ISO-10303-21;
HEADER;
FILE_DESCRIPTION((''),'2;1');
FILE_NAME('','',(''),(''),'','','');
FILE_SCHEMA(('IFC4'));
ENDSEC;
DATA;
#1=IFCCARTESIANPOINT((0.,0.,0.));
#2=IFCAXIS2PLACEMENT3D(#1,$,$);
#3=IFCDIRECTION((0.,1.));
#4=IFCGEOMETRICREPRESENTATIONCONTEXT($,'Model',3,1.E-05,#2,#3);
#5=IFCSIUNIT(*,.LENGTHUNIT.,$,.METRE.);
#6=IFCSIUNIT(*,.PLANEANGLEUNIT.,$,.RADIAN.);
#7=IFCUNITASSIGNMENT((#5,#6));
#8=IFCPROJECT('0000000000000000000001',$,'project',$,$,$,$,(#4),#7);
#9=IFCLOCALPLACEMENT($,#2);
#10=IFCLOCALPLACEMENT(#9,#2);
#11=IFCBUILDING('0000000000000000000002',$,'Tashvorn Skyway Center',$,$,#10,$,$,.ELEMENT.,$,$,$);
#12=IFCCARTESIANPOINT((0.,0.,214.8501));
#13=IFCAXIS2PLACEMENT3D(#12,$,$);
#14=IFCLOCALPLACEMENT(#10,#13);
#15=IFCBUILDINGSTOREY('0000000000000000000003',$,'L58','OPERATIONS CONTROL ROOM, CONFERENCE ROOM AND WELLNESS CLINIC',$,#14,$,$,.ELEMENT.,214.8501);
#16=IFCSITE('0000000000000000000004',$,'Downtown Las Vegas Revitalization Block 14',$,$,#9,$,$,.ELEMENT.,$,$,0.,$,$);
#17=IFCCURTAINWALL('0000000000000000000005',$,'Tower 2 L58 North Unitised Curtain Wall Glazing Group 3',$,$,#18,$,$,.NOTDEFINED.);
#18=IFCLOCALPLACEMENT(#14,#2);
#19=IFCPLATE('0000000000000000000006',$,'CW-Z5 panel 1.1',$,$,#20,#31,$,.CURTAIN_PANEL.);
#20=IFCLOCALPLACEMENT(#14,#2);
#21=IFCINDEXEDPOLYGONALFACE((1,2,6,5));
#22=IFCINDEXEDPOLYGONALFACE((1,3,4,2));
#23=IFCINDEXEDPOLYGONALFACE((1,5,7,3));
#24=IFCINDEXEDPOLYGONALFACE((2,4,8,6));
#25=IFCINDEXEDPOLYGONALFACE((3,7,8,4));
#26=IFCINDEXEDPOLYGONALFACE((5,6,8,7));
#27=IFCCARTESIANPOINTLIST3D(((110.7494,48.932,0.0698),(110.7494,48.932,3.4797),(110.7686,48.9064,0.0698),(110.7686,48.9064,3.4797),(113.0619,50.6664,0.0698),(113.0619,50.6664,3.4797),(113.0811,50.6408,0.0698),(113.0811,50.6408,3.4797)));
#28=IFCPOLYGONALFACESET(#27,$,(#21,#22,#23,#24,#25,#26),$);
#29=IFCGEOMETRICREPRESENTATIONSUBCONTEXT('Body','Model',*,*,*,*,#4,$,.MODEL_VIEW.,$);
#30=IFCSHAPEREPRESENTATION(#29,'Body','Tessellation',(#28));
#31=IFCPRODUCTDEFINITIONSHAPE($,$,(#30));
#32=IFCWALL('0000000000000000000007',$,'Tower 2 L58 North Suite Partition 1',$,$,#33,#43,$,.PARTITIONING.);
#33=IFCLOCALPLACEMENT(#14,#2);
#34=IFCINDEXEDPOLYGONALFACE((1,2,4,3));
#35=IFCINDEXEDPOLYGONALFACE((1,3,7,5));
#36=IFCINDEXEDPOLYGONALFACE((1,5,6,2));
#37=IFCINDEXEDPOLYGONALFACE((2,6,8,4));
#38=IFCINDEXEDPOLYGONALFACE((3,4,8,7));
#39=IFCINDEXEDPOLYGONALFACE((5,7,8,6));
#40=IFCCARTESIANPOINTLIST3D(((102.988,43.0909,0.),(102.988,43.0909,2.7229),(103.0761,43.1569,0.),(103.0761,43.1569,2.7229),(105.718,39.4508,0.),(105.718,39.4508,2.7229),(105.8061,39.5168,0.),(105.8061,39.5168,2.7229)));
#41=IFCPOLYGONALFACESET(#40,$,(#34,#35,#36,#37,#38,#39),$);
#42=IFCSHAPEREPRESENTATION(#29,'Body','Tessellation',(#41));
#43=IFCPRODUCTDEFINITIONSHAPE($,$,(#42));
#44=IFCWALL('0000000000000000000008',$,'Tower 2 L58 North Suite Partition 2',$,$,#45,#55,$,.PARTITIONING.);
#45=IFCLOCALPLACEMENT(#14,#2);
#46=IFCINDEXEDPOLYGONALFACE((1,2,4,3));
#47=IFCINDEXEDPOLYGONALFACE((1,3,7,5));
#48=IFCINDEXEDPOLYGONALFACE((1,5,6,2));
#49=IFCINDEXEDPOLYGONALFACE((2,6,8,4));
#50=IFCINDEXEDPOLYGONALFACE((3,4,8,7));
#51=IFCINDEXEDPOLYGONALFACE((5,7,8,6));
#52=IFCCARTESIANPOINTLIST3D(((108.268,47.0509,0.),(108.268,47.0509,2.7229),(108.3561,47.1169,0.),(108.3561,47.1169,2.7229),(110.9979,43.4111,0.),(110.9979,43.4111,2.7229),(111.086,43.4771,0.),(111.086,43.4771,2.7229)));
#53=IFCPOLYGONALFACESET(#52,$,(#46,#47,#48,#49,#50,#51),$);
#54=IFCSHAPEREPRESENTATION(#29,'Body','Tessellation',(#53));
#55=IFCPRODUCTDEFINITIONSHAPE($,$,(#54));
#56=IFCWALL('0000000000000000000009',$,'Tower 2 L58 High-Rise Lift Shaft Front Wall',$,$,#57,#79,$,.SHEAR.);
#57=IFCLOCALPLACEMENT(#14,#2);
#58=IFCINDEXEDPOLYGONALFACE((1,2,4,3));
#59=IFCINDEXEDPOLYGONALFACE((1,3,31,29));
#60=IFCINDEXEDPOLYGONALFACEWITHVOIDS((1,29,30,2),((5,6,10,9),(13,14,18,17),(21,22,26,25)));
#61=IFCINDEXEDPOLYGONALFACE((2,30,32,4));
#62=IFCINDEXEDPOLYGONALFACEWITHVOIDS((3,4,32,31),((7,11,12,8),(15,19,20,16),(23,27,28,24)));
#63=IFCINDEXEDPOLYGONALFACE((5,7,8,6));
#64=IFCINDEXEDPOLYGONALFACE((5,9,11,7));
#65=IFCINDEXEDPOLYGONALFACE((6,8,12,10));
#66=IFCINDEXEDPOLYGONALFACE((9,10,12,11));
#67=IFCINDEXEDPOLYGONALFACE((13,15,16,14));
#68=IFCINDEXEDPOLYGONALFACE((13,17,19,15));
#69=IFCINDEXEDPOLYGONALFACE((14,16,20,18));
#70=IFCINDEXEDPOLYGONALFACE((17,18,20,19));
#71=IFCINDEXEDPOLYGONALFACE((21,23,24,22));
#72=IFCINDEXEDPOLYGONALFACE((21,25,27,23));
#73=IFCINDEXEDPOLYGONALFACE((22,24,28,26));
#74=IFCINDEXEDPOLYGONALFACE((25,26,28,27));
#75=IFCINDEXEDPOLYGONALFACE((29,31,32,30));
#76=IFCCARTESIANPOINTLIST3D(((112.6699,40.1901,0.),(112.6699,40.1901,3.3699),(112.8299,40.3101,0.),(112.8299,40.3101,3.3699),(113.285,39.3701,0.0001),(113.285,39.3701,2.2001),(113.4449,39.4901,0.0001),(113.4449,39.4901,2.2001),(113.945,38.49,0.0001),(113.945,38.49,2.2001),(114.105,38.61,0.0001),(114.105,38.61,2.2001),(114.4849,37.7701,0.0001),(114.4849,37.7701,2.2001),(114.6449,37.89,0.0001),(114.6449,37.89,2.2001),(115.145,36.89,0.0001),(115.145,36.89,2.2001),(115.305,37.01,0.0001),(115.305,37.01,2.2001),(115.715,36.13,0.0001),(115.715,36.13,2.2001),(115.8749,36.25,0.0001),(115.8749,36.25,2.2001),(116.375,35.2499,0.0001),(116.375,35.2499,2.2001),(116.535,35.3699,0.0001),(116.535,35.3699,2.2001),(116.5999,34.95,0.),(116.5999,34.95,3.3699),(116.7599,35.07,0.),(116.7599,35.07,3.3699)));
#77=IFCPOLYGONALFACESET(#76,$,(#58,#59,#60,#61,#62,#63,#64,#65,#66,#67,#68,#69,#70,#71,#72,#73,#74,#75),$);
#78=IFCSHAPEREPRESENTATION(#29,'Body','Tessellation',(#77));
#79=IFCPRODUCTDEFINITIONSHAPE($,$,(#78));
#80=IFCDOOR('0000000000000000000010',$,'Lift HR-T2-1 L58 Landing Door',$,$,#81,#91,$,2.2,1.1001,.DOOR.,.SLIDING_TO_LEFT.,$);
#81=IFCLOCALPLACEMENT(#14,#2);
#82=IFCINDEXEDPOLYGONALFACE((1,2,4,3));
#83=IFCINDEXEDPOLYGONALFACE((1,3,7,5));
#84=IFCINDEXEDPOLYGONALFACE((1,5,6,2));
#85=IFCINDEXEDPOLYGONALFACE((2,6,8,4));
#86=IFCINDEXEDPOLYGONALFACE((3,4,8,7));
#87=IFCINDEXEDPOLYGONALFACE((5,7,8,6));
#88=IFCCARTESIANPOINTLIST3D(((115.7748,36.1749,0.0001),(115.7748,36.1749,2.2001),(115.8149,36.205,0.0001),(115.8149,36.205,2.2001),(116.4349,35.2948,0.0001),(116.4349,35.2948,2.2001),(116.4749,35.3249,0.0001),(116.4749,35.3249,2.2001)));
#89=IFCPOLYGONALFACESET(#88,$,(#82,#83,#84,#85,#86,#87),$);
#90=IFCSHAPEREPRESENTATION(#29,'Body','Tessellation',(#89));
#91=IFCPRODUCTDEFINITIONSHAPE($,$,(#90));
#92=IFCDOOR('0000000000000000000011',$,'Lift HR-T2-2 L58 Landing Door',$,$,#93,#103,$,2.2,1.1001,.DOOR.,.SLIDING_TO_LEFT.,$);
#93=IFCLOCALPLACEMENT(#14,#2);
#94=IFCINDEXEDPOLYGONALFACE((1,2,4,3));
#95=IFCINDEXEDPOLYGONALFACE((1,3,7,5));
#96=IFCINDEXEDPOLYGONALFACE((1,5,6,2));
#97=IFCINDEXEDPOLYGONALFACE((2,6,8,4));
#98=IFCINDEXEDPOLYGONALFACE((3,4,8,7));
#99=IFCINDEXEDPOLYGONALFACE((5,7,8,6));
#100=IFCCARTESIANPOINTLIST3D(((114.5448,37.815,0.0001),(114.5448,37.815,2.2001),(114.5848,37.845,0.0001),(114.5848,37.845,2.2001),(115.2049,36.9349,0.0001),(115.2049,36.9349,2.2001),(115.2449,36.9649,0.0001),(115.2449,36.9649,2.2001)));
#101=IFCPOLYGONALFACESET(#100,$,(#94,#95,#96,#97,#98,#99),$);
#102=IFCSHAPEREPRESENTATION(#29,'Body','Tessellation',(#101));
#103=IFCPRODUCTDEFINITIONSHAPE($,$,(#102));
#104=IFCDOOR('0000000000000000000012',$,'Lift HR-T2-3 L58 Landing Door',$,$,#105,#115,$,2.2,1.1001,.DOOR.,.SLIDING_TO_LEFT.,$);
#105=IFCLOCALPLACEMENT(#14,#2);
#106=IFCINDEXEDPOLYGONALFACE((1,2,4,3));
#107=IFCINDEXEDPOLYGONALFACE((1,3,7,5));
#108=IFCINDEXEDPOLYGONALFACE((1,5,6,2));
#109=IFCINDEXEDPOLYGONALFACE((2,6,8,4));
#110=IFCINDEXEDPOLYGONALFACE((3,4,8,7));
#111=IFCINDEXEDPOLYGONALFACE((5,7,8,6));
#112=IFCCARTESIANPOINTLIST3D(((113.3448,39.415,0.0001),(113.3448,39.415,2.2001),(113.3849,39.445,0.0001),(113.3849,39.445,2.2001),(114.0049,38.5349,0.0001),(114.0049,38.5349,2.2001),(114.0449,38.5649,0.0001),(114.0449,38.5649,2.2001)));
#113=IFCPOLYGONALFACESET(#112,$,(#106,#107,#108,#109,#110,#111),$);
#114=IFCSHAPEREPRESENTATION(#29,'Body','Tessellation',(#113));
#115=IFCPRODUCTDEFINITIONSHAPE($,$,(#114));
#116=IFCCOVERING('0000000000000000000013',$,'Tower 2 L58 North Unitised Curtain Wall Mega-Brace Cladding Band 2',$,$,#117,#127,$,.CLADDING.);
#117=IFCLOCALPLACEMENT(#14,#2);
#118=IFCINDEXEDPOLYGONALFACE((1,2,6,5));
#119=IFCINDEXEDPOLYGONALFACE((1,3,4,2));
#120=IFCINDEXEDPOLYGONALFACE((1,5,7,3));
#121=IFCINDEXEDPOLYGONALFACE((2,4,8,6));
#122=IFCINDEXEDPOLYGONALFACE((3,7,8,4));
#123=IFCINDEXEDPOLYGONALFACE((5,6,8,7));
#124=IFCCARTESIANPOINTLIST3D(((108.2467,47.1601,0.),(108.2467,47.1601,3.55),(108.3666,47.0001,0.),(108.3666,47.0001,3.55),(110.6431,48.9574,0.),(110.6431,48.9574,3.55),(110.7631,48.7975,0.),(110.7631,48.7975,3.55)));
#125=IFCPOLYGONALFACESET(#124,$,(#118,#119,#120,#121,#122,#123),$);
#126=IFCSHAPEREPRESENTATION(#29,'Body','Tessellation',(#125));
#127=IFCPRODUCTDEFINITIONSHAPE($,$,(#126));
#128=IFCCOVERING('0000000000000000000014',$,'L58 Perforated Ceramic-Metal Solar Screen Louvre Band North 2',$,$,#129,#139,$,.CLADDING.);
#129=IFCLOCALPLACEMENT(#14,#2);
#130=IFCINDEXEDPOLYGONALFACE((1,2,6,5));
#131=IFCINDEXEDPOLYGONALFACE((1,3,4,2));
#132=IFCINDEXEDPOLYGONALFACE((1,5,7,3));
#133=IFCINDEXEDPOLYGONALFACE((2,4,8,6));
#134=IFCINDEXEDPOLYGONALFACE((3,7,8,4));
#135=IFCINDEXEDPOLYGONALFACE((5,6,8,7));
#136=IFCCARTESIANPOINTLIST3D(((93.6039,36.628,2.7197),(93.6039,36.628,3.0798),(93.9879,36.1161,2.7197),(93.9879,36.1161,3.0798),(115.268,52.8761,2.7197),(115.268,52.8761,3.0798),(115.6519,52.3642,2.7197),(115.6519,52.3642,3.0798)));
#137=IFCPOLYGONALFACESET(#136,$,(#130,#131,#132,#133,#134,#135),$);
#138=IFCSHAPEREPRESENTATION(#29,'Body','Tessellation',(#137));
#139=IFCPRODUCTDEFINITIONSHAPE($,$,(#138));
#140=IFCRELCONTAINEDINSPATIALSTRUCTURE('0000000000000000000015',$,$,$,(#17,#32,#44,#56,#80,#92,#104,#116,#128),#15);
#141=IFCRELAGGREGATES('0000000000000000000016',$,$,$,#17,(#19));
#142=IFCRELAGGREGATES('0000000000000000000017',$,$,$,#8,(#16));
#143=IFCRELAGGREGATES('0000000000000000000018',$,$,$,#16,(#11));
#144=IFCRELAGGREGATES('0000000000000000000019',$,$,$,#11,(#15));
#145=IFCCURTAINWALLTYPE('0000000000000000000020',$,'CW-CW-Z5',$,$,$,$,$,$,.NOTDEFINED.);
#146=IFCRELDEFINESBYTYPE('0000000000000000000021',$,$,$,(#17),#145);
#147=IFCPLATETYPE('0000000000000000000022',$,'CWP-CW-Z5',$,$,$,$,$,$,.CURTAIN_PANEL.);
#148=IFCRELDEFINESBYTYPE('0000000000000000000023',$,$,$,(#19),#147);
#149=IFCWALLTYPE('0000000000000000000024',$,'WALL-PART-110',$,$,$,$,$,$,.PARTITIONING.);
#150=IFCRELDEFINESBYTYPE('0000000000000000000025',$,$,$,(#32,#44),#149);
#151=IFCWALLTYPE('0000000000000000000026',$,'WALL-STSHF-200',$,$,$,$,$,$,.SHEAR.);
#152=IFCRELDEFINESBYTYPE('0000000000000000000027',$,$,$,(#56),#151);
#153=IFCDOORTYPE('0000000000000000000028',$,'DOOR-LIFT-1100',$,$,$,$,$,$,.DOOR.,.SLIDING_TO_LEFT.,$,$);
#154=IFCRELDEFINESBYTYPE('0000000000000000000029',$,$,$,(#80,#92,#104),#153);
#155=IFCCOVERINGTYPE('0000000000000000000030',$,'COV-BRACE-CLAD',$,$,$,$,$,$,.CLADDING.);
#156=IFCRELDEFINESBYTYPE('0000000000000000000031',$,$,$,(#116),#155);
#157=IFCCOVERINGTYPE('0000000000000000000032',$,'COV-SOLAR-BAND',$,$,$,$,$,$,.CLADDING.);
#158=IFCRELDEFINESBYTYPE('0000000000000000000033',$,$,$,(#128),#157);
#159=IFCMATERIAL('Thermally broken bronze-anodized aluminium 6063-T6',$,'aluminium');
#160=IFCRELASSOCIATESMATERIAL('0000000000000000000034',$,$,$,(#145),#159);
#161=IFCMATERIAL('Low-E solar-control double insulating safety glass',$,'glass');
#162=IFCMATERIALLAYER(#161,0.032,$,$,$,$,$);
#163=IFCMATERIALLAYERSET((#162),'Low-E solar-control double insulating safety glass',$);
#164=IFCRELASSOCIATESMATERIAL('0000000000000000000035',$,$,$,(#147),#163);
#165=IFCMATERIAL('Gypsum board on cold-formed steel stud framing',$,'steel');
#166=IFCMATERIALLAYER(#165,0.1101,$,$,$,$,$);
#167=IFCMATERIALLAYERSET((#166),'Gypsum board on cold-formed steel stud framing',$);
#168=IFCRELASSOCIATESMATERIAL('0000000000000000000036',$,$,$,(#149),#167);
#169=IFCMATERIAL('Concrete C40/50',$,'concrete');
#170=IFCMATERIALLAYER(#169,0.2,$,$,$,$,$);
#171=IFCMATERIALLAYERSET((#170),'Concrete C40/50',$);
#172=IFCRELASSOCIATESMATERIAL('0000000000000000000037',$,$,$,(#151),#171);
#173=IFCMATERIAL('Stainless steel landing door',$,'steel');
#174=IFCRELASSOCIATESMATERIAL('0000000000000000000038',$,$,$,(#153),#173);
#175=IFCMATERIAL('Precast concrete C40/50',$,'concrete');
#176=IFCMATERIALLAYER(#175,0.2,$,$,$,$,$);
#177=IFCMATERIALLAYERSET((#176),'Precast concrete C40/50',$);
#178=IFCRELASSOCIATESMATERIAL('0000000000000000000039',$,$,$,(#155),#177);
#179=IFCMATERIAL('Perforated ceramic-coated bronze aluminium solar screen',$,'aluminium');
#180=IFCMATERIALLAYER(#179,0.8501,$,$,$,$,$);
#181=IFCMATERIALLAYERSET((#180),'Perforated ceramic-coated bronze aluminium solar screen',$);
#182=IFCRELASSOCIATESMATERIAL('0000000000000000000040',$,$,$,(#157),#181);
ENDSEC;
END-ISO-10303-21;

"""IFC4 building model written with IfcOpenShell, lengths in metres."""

from ifc_helpers import new_model, si_unit, direction, frame, frame_2d, origin, origin_2d, place, context, subcontext, project, spatial, rectangle, extrude, material, layer, layer_set, type_object, element, fill, aggregate, save


model = new_model("IFC4")

# Units and contexts
model_context = context("Model", 3, precision=1e-05, world=origin(), true_north=direction((0.0, 1.0)))
body_context = subcontext(model_context, "Body", "Model", "MODEL_VIEW")
ifc_project = project(units=[si_unit("LENGTHUNIT", "METRE"), si_unit("PLANEANGLEUNIT", "RADIAN")], contexts=[model_context])

# Site, building, storey
site_placement = place(None, origin())
site = spatial("IfcSite", under=ifc_project, at=site_placement, Name="Downtown Las Vegas Revitalization Block 14", CompositionType="ELEMENT", RefElevation=0.0)
building_placement = place(site_placement, origin())
building = spatial("IfcBuilding", under=site, at=building_placement, Name="Tashvorn Skyway Center", CompositionType="ELEMENT")
storey_placement = place(building_placement, frame((0.0, 0.0, 214.8501)))
storey = spatial("IfcBuildingStorey", under=building, at=storey_placement, Name="L58", Description="OPERATIONS CONTROL ROOM, CONFERENCE ROOM AND WELLNESS CLINIC", CompositionType="ELEMENT", Elevation=214.8501)

# Shared definitions
ifc_material_1 = material(Name="Thermally broken bronze-anodized aluminium 6063-T6", Category="aluminium")
curtain_wall_type = type_object("IfcCurtainWallType", Name="CW-CW-Z5", PredefinedType="NOTDEFINED", material=ifc_material_1)

# Curtain wall
curtain_wall_1_placement = place(storey_placement, origin())
curtain_wall_1 = element("IfcCurtainWall", 1, at=curtain_wall_1_placement, inside=storey, type_object=curtain_wall_type, Name="Tower 2 L58 North Unitised Curtain Wall Glazing Group 3", PredefinedType="NOTDEFINED")

# Plate
ifc_material_2 = material(Name="Low-E solar-control double insulating safety glass", Category="glass")
ifc_layer_1 = layer(ifc_material_2, 0.032)
ifc_layer_set_1 = layer_set([ifc_layer_1], Name="Low-E solar-control double insulating safety glass")
plate_type = type_object("IfcPlateType", Name="CWP-CW-Z5", PredefinedType="CURTAIN_PANEL", material=ifc_layer_set_1)
plate_1_placement = place(storey_placement, frame((111.9153, 49.7864, 0.0698), z_axis=(0.0, 0.0, 1.0), x_axis=(0.799998, 0.600003, 0.0)))
plate_1 = element("IfcPlate", 2, at=plate_1_placement, type_object=plate_type, Name="CW-Z5 panel 1.1", PredefinedType="CURTAIN_PANEL", context=body_context, shape_type="SweptSolid", body=[
    extrude(rectangle(XDim=2.8906, YDim=0.032, at=origin_2d()), origin(), (0.0, 0.0, 1.0), 3.4099),
])
aggregate(curtain_wall_1, [plate_1])

# Walls
ifc_material_3 = material(Name="Gypsum board on cold-formed steel stud framing", Category="steel")
ifc_layer_2 = layer(ifc_material_3, 0.1101)
ifc_layer_set_2 = layer_set([ifc_layer_2], Name="Gypsum board on cold-formed steel stud framing")
wall_type_1 = type_object("IfcWallType", Name="WALL-PART-110", PredefinedType="PARTITIONING", material=ifc_layer_set_2)
wall_1_placement = place(storey_placement, frame((105.762, 39.4839, 0.0), z_axis=(0.0, 0.0, 1.0), x_axis=(-0.599983, 0.800013, 0.0)))
element("IfcWall", 3, at=wall_1_placement, inside=storey, type_object=wall_type_1, Name="Tower 2 L58 North Suite Partition 1", PredefinedType="PARTITIONING", context=body_context, shape_type="SweptSolid", body=[
    extrude(rectangle(XDim=4.55, YDim=0.1101, at=frame_2d((2.2749, 0.0))), origin(), (0.0, 0.0, 1.0), 2.7229),
])
wall_2_placement = place(storey_placement, frame((111.042, 43.4441, 0.0), z_axis=(0.0, 0.0, 1.0), x_axis=(-0.600009, 0.799994, 0.0)))
element("IfcWall", 4, at=wall_2_placement, inside=storey, type_object=wall_type_1, Name="Tower 2 L58 North Suite Partition 2", PredefinedType="PARTITIONING", context=body_context, shape_type="SweptSolid", body=[
    extrude(rectangle(XDim=4.5498, YDim=0.1101, at=frame_2d((2.2749, 0.0))), origin(), (0.0, 0.0, 1.0), 2.7229),
])

# Wall, openings, doors
ifc_material_4 = material(Name="Concrete C40/50", Category="concrete")
ifc_layer_3 = layer(ifc_material_4, 0.2)
ifc_layer_set_3 = layer_set([ifc_layer_3], Name="Concrete C40/50")
wall_type_2 = type_object("IfcWallType", Name="WALL-STSHF-200", PredefinedType="SHEAR", material=ifc_layer_set_3)
wall_3_placement = place(storey_placement, frame((112.75, 40.25, 0.0), z_axis=(0.0, 0.0, 1.0), x_axis=(0.599994, -0.800004, 0.0)))
wall_3 = element("IfcWall", 5, at=wall_3_placement, inside=storey, type_object=wall_type_2, Name="Tower 2 L58 High-Rise Lift Shaft Front Wall", PredefinedType="SHEAR", context=body_context, shape_type="SweptSolid", body=[
    extrude(rectangle(XDim=6.55, YDim=0.2, at=frame_2d((3.2749, 0.0))), origin(), (0.0, 0.0, 1.0), 3.3699),
])
opening_1_placement = place(wall_3_placement, frame((5.075, 0.0, 0.0)))
opening_1 = element("IfcOpeningElement", 6, at=opening_1_placement, cuts=wall_3, PredefinedType="OPENING", context=body_context, shape_type="SweptSolid", body=[
    extrude(rectangle(XDim=1.1001, YDim=2.2, at=frame_2d((0.55, 1.1001))), frame((0.0, 0.1099, 0.0), z_axis=(0.0, -1.0, 0.0), x_axis=(1.0, 0.0, 0.0)), (0.0, 0.0, 1.0), 0.22),
])
opening_2_placement = place(wall_3_placement, frame((3.0249, 0.0, 0.0)))
opening_2 = element("IfcOpeningElement", 7, at=opening_2_placement, cuts=wall_3, PredefinedType="OPENING", context=body_context, shape_type="SweptSolid", body=[
    extrude(rectangle(XDim=1.1001, YDim=2.2, at=frame_2d((0.55, 1.1001))), frame((0.0, 0.1099, 0.0), z_axis=(0.0, -1.0, 0.0), x_axis=(1.0, 0.0, 0.0)), (0.0, 0.0, 1.0), 0.22),
])
opening_3_placement = place(wall_3_placement, frame((1.0249, 0.0, 0.0)))
opening_3 = element("IfcOpeningElement", 8, at=opening_3_placement, cuts=wall_3, PredefinedType="OPENING", context=body_context, shape_type="SweptSolid", body=[
    extrude(rectangle(XDim=1.1001, YDim=2.2, at=frame_2d((0.55, 1.1001))), frame((0.0, 0.1099, 0.0), z_axis=(0.0, -1.0, 0.0), x_axis=(1.0, 0.0, 0.0)), (0.0, 0.0, 1.0), 0.22),
])
ifc_material_5 = material(Name="Stainless steel landing door", Category="steel")
door_type = type_object("IfcDoorType", Name="DOOR-LIFT-1100", OperationType="SLIDING_TO_LEFT", PredefinedType="DOOR", material=ifc_material_5)
door_1_placement = place(opening_1_placement, origin())
door_1 = element("IfcDoor", 9, at=door_1_placement, inside=storey, type_object=door_type, Name="Lift HR-T2-1 L58 Landing Door", OperationType="SLIDING_TO_LEFT", OverallHeight=2.2, OverallWidth=1.1001, PredefinedType="DOOR", context=body_context, shape_type="SweptSolid", body=[
    extrude(rectangle(XDim=1.1001, YDim=2.2, at=frame_2d((0.55, 1.1001))), frame((0.0, 0.0249, 0.0), z_axis=(0.0, -1.0, 0.0), x_axis=(1.0, 0.0, 0.0)), (0.0, 0.0, 1.0), 0.05),
])
fill(opening_1, door_1)
door_2_placement = place(opening_2_placement, origin())
door_2 = element("IfcDoor", 10, at=door_2_placement, inside=storey, type_object=door_type, Name="Lift HR-T2-2 L58 Landing Door", OperationType="SLIDING_TO_LEFT", OverallHeight=2.2, OverallWidth=1.1001, PredefinedType="DOOR", context=body_context, shape_type="SweptSolid", body=[
    extrude(rectangle(XDim=1.1001, YDim=2.2, at=frame_2d((0.55, 1.1001))), frame((0.0, 0.0249, 0.0), z_axis=(0.0, -1.0, 0.0), x_axis=(1.0, 0.0, 0.0)), (0.0, 0.0, 1.0), 0.05),
])
fill(opening_2, door_2)
door_3_placement = place(opening_3_placement, origin())
door_3 = element("IfcDoor", 11, at=door_3_placement, inside=storey, type_object=door_type, Name="Lift HR-T2-3 L58 Landing Door", OperationType="SLIDING_TO_LEFT", OverallHeight=2.2, OverallWidth=1.1001, PredefinedType="DOOR", context=body_context, shape_type="SweptSolid", body=[
    extrude(rectangle(XDim=1.1001, YDim=2.2, at=frame_2d((0.55, 1.1001))), frame((0.0, 0.0249, 0.0), z_axis=(0.0, -1.0, 0.0), x_axis=(1.0, 0.0, 0.0)), (0.0, 0.0, 1.0), 0.05),
])
fill(opening_3, door_3)

# Coverings
ifc_material_6 = material(Name="Precast concrete C40/50", Category="concrete")
ifc_layer_4 = layer(ifc_material_6, 0.2)
ifc_layer_set_4 = layer_set([ifc_layer_4], Name="Precast concrete C40/50")
covering_type_1 = type_object("IfcCoveringType", Name="COV-BRACE-CLAD", PredefinedType="CLADDING", material=ifc_layer_set_4)
covering_1_placement = place(storey_placement, frame((109.5049, 47.9788, 0.0), z_axis=(0.0, 0.0, 1.0), x_axis=(0.8, 0.6, 0.0)))
element("IfcCovering", 12, at=covering_1_placement, inside=storey, type_object=covering_type_1, Name="Tower 2 L58 North Unitised Curtain Wall Mega-Brace Cladding Band 2", PredefinedType="CLADDING", context=body_context, shape_type="SweptSolid", body=[
    extrude(rectangle(XDim=2.9956, YDim=0.2, at=origin_2d()), origin(), (0.0, 0.0, 1.0), 3.55),
])
ifc_material_7 = material(Name="Perforated ceramic-coated bronze aluminium solar screen", Category="aluminium")
ifc_layer_5 = layer(ifc_material_7, 0.8501)
ifc_layer_set_5 = layer_set([ifc_layer_5], Name="Perforated ceramic-coated bronze aluminium solar screen")
covering_type_2 = type_object("IfcCoveringType", Name="COV-SOLAR-BAND", PredefinedType="CLADDING", material=ifc_layer_set_5)
covering_2_placement = place(storey_placement, frame((104.6279, 44.4961, 2.7197), z_axis=(0.0, 0.0, 1.0), x_axis=(0.8, 0.6, 0.0)))
element("IfcCovering", 13, at=covering_2_placement, inside=storey, type_object=covering_type_2, Name="L58 Perforated Ceramic-Metal Solar Screen Louvre Band North 2", PredefinedType="CLADDING", context=body_context, shape_type="SweptSolid", body=[
    extrude(rectangle(XDim=27.0801, YDim=0.6399, at=origin_2d()), origin(), (0.0, 0.0, 1.0), 0.3601),
])

save(model, "model.ifc")
